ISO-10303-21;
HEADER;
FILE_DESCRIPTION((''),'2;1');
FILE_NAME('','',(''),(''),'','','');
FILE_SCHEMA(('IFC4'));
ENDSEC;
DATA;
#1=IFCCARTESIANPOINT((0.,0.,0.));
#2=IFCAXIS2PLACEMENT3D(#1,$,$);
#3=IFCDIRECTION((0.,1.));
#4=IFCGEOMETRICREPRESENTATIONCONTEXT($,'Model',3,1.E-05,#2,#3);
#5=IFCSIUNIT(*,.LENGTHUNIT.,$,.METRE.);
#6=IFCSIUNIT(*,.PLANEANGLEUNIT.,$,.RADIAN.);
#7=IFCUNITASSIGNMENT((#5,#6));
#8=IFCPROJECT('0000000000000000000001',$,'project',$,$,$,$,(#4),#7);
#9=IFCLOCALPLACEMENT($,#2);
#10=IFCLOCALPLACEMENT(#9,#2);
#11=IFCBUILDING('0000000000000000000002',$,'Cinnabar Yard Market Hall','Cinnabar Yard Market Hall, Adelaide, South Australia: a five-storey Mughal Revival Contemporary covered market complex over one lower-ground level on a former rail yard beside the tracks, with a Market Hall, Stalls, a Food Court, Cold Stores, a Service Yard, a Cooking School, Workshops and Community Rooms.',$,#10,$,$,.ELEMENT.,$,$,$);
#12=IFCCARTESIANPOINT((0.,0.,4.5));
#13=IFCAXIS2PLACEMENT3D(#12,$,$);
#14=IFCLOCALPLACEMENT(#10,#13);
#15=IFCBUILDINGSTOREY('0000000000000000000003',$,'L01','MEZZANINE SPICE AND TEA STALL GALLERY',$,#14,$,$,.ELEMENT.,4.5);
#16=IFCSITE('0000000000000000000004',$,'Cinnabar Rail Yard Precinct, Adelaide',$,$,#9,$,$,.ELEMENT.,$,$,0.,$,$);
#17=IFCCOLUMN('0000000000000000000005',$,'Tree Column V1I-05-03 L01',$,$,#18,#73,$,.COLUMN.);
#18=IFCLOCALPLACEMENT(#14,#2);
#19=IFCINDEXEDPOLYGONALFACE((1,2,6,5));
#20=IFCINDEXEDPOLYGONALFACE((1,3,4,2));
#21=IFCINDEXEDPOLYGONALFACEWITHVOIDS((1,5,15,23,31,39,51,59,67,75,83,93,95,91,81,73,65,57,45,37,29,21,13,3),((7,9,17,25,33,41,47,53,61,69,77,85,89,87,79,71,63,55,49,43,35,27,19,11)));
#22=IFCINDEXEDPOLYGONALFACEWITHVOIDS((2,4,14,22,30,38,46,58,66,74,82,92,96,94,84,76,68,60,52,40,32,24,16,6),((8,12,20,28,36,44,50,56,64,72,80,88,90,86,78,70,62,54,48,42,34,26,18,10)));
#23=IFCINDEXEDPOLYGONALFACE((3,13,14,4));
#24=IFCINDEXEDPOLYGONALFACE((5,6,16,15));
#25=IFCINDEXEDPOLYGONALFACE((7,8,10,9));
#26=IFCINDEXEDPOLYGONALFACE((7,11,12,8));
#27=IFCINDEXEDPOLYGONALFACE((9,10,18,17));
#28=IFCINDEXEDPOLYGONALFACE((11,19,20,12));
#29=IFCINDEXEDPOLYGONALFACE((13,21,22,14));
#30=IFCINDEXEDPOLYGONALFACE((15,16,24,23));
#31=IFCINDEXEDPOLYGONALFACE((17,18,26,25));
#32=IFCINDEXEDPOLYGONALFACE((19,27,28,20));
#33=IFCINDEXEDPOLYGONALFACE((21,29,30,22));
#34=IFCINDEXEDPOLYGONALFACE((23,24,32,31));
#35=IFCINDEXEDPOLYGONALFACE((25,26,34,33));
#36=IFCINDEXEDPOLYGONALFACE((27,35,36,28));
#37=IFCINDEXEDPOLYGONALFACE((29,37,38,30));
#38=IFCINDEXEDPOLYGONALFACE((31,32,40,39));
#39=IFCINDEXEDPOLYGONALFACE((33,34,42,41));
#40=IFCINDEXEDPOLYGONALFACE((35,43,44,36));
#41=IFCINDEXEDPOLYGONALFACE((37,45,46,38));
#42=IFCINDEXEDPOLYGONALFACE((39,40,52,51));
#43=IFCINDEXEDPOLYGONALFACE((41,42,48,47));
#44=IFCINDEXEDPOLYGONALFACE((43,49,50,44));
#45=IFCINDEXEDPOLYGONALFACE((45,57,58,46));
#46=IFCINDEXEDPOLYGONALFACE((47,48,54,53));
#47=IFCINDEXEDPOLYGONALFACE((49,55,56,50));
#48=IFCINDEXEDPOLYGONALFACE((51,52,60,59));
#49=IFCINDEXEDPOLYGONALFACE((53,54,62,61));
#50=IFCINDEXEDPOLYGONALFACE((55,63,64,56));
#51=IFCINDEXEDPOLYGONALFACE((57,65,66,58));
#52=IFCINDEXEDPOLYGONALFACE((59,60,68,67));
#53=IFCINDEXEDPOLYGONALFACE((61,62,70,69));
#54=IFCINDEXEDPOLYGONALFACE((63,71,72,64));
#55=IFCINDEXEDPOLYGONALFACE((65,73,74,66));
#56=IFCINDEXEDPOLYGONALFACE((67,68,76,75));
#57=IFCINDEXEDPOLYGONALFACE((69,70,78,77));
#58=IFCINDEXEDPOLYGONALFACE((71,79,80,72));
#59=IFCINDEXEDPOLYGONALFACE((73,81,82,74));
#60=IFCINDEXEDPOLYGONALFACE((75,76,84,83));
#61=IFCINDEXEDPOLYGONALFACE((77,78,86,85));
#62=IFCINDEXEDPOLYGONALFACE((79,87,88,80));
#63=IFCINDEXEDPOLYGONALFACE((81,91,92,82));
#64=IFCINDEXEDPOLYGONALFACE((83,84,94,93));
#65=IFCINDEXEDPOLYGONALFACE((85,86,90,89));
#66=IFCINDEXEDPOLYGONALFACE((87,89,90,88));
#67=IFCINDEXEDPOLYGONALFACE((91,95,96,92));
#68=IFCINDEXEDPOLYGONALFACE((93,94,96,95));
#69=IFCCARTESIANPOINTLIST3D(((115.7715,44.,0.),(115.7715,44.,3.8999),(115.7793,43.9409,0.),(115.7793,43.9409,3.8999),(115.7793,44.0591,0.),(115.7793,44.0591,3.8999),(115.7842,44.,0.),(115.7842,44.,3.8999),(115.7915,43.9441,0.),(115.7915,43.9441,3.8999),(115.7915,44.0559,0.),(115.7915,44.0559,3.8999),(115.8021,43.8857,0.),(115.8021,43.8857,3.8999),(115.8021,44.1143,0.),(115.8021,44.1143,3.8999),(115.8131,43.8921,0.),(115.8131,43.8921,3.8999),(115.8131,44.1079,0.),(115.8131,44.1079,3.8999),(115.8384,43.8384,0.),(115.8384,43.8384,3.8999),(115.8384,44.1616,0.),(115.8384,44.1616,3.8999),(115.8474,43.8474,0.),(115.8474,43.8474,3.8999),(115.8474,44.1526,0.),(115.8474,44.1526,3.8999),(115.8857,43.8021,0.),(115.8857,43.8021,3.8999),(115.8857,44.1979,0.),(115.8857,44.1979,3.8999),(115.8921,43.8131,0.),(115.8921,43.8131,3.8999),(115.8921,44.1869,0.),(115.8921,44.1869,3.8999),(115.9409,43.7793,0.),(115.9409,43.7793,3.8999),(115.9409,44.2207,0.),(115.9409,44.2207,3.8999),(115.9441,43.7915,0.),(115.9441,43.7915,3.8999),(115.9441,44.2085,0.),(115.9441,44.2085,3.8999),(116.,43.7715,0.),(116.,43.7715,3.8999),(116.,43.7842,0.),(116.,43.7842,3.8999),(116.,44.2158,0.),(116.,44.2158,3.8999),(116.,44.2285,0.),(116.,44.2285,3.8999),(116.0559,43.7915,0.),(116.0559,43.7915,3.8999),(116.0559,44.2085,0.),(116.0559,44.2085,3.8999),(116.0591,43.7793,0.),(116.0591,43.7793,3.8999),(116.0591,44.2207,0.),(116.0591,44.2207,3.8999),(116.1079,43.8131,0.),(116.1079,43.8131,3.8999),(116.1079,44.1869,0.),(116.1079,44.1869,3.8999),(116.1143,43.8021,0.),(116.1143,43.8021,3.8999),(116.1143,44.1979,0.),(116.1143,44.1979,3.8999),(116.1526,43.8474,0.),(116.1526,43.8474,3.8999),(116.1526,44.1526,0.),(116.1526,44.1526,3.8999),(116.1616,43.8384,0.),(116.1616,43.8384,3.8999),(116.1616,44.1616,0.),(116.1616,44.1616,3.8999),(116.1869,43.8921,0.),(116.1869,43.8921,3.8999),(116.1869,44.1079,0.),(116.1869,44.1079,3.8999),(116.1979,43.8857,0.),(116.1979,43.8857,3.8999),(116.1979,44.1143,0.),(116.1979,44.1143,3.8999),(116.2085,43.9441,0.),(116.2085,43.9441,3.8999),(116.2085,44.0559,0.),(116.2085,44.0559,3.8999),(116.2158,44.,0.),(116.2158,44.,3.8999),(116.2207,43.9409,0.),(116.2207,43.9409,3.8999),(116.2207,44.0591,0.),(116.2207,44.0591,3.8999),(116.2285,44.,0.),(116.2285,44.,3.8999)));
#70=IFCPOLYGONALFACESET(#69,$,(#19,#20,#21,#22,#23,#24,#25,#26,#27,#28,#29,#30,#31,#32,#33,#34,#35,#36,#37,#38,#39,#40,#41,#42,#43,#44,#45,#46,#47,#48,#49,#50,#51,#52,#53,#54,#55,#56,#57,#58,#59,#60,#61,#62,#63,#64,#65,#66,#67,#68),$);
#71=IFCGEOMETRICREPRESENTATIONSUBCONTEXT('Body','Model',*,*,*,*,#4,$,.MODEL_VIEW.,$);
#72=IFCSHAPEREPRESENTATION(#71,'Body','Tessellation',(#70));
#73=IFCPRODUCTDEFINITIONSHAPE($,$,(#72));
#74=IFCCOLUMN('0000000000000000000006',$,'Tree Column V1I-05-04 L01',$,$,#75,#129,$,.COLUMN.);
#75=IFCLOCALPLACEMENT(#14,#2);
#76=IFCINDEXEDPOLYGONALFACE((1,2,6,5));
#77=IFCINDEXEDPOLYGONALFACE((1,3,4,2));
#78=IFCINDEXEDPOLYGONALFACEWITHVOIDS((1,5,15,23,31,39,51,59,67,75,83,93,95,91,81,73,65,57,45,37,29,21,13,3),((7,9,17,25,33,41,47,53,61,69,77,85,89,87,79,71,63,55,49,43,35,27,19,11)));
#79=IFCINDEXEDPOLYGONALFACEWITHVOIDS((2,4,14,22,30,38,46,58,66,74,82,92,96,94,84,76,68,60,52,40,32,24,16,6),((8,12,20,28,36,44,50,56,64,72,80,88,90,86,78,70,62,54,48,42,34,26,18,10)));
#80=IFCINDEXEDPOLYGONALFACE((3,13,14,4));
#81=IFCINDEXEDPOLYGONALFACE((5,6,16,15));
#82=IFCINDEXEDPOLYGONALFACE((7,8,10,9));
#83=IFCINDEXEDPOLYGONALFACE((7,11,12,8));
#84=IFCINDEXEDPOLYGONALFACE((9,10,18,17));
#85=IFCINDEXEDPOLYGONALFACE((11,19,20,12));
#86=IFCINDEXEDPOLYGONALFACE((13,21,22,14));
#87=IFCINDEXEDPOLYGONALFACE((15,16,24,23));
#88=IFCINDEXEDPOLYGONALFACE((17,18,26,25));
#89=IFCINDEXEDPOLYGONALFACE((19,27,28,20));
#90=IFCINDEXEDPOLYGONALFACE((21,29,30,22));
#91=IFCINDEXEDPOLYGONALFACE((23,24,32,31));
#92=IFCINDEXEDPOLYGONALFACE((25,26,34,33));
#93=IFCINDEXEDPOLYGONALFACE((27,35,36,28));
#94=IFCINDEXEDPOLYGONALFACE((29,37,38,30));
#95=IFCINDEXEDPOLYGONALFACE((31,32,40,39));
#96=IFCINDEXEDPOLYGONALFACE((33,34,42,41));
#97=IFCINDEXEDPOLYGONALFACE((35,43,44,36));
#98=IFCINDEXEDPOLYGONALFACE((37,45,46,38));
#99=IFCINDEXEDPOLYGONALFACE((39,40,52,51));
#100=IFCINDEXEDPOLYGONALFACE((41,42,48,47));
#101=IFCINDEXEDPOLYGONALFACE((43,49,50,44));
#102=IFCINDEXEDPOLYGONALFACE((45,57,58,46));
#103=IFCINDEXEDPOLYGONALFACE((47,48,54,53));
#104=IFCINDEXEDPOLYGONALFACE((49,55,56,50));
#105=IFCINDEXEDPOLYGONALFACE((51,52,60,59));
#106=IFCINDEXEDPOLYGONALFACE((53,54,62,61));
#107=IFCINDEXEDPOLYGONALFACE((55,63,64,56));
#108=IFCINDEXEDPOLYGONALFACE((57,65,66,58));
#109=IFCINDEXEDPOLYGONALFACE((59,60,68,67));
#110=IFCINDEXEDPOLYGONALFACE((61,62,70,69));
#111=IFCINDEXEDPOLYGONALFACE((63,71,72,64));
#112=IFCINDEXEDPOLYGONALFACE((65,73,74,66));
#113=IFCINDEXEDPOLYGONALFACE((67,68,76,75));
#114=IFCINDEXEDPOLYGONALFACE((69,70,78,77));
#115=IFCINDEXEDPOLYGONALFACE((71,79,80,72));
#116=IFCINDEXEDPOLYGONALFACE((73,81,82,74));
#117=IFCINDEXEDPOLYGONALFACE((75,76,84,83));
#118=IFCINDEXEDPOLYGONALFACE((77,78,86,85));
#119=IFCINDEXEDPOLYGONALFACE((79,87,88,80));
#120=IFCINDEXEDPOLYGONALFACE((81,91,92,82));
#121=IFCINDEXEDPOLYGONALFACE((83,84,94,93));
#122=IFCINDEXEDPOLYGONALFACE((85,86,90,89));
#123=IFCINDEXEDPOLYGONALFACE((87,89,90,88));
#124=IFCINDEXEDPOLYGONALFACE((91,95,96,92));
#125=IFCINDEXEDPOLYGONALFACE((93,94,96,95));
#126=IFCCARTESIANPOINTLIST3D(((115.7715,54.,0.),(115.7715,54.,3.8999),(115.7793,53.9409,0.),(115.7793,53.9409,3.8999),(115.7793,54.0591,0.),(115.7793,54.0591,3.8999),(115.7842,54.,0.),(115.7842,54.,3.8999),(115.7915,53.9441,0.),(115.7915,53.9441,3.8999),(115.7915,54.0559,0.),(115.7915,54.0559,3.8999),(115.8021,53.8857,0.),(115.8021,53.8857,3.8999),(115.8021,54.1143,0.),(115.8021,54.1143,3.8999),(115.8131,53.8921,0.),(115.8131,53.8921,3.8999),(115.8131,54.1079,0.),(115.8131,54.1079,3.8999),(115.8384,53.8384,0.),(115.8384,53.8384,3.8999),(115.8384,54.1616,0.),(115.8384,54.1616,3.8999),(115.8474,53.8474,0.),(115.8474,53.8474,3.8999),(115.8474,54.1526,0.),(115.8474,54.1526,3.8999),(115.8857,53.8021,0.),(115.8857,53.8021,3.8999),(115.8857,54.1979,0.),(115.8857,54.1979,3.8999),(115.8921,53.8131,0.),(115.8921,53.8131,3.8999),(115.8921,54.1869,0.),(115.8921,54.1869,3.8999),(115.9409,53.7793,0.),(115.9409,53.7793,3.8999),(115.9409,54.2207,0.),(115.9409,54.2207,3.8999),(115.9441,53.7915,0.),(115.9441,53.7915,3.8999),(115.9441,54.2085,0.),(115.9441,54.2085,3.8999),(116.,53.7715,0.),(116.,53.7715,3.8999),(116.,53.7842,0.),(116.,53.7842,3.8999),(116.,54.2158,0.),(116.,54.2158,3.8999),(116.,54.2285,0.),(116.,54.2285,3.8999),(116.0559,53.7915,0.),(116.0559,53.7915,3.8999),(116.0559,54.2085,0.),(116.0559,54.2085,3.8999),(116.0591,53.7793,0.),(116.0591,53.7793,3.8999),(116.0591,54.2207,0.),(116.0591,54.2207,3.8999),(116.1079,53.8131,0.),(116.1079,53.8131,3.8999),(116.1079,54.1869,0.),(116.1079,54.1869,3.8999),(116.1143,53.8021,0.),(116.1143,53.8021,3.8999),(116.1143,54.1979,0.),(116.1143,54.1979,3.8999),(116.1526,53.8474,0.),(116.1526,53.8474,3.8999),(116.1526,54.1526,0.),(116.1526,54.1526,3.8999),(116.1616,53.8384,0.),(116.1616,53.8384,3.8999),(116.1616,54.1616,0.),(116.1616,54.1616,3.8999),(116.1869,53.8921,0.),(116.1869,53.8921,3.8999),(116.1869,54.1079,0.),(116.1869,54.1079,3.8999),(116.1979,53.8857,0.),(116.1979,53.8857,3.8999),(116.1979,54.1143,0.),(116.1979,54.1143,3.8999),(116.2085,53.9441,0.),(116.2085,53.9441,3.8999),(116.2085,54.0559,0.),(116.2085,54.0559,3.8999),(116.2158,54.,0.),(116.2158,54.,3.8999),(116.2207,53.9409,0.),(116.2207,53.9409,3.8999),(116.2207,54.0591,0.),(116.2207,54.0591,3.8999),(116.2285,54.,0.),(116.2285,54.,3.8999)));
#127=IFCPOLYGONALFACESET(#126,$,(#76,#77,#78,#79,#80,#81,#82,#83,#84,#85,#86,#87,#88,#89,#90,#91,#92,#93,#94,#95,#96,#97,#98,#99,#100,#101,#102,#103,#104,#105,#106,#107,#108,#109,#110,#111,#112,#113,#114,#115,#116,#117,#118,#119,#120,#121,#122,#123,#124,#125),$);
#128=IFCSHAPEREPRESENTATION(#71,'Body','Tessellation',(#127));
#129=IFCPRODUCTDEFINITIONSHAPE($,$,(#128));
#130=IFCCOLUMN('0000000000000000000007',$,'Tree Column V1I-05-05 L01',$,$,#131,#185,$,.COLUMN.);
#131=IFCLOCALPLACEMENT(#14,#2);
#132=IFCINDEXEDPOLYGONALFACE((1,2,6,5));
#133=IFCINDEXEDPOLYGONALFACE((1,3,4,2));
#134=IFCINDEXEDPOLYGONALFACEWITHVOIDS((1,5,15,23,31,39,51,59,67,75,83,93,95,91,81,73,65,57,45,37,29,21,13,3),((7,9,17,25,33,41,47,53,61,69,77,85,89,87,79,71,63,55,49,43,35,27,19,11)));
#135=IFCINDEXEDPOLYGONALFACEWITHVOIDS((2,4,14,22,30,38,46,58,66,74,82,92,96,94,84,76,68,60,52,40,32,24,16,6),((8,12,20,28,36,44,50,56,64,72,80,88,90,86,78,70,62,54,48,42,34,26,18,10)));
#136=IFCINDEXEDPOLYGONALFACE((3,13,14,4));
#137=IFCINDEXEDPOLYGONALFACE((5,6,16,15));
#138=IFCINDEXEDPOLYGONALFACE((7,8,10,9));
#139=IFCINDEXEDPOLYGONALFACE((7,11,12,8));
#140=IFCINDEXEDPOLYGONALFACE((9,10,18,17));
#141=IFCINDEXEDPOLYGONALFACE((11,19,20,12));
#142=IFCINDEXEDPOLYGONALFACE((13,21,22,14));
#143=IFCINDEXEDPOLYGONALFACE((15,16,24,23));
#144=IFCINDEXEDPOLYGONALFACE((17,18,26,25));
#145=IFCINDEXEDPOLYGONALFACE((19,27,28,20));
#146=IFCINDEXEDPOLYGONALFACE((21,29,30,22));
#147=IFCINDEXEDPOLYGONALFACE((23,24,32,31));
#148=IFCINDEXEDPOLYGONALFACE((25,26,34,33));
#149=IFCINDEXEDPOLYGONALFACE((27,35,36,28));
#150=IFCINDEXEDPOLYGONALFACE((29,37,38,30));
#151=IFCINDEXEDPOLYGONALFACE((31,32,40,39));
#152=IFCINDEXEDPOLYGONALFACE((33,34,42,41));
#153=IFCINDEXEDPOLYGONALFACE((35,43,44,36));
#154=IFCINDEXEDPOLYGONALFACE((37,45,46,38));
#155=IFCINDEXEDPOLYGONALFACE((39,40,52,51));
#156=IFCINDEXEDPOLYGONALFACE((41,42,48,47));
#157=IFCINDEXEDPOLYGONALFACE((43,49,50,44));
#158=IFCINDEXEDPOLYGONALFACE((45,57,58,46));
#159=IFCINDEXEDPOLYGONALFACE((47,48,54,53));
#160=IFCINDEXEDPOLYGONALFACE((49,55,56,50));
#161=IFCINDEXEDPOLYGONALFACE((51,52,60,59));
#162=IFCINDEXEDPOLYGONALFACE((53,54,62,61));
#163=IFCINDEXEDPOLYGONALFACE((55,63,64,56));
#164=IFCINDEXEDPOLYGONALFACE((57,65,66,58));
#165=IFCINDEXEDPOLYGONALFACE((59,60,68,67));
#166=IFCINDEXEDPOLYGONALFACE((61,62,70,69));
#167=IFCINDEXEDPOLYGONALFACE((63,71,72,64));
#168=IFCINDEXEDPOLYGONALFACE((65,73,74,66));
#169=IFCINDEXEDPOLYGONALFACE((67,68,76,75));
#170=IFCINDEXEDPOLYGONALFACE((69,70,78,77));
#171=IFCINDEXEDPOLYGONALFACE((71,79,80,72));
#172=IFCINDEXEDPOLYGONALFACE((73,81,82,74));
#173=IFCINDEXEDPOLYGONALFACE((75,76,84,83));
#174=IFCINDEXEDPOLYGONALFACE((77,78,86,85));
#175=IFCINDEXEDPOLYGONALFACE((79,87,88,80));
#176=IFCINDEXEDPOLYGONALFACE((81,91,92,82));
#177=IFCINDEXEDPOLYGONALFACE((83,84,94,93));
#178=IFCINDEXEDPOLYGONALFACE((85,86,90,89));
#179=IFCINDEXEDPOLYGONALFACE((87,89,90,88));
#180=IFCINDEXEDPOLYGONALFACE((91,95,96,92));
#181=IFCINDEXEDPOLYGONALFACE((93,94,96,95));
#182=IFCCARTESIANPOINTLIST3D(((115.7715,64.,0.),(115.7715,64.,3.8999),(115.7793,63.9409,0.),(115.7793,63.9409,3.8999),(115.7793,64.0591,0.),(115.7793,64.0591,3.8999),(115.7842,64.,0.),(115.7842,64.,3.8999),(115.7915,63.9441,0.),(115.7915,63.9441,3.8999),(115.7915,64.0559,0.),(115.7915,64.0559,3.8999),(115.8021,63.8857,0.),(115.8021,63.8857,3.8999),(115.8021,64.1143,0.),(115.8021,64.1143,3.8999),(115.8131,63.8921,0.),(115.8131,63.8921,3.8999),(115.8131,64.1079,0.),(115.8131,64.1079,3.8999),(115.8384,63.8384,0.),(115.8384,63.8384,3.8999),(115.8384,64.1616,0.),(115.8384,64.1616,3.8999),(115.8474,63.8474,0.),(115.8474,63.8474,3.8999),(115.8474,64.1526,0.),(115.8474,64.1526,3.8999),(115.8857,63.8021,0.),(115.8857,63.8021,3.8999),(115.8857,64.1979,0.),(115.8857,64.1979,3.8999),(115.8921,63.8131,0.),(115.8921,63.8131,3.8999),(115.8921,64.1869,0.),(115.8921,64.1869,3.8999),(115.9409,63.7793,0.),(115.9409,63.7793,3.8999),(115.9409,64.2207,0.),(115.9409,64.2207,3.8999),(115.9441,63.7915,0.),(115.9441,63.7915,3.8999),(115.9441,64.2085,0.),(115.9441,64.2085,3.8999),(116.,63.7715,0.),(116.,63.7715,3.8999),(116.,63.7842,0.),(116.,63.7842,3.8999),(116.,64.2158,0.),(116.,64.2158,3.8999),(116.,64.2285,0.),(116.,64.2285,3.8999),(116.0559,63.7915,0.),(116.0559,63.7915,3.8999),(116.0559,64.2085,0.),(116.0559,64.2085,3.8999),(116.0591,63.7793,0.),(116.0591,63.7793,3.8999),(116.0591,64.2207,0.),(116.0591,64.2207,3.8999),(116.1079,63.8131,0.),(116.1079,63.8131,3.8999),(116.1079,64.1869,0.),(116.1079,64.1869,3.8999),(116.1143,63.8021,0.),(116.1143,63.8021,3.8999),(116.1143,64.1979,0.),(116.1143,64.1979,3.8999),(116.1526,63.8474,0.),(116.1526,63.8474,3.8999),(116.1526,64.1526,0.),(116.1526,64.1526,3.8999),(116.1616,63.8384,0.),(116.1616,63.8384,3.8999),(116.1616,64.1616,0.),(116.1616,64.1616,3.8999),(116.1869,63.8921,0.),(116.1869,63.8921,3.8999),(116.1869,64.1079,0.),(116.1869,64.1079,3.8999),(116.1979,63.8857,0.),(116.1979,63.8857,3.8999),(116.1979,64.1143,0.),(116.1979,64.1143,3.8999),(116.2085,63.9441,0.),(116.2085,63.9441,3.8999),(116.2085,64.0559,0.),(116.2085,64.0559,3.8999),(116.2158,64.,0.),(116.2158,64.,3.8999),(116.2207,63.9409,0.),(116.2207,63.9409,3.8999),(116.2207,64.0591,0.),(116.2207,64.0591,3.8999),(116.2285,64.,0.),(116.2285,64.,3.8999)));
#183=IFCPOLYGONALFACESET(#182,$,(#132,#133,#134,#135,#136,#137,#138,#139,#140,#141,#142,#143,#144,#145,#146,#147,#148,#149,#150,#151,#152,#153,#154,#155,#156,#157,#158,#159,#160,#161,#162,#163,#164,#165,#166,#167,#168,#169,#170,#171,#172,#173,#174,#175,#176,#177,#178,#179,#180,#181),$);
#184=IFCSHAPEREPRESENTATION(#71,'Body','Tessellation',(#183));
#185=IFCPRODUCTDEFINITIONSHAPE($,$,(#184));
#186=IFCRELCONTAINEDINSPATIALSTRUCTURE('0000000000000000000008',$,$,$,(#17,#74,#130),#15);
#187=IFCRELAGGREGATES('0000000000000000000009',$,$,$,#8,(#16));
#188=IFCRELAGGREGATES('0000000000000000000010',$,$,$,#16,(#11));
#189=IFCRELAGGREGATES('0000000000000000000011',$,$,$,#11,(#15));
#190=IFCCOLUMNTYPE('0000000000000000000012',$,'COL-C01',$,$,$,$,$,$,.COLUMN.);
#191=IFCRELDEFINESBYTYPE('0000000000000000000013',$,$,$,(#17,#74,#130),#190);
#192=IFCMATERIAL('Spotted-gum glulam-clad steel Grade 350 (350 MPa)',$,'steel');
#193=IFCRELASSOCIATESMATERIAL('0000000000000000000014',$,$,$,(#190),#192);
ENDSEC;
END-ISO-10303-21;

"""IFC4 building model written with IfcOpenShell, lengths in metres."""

from ifc_helpers import new_model, si_unit, direction, frame, origin, origin_2d_with_axis, place, context, subcontext, project, spatial, hollow_circle, extrude, material, material_profile, profile_set, type_object, element, save


model = new_model("IFC4")

# Units and contexts
model_context = context("Model", 3, precision=1e-05, world=origin(), true_north=direction((0.0, 1.0)))
body_context = subcontext(model_context, "Body", "Model", "MODEL_VIEW")
ifc_project = project(units=[si_unit("LENGTHUNIT", "METRE"), si_unit("PLANEANGLEUNIT", "RADIAN")], contexts=[model_context])

# Site, building, storey
site_placement = place(None, origin())
site = spatial("IfcSite", under=ifc_project, at=site_placement, Name="Cinnabar Rail Yard Precinct, Adelaide", CompositionType="ELEMENT", RefElevation=0.0)
building_placement = place(site_placement, origin())
building = spatial("IfcBuilding", under=site, at=building_placement, Name="Cinnabar Yard Market Hall", Description="Cinnabar Yard Market Hall, Adelaide, South Australia: a five-storey Mughal Revival Contemporary covered market complex over one lower-ground level on a former rail yard beside the tracks, with a Market Hall, Stalls, a Food Court, Cold Stores, a Service Yard, a Cooking School, Workshops and Community Rooms.", CompositionType="ELEMENT")
storey_placement = place(building_placement, frame((0.0, 0.0, 4.5)))
storey = spatial("IfcBuildingStorey", under=building, at=storey_placement, Name="L01", Description="MEZZANINE SPICE AND TEA STALL GALLERY", CompositionType="ELEMENT", Elevation=4.5)

# Columns
ifc_material_1 = material(Name="Spotted-gum glulam-clad steel Grade 350 (350 MPa)", Category="steel")
ifc_material_profile_1 = material_profile(ifc_material_1, hollow_circle(Radius=0.2285, WallThickness=0.0127, at=origin_2d_with_axis()), Name="457.0x12.7CHS")
ifc_profile_set_1 = profile_set([ifc_material_profile_1], Name="Spotted-gum glulam-clad steel Grade 350 (350 MPa)")
column_type = type_object("IfcColumnType", Name="COL-C01", PredefinedType="COLUMN", material=ifc_profile_set_1)
for number, where, z_axis, x_axis, name in (
    (1, (116.0, 44.0, 0.0), (0.0, 0.0, 1.0), (1.0, 0.0, 0.0), "Tree Column V1I-05-03 L01"),
    (2, (116.0, 54.0, 0.0), (0.0, 0.0, 1.0), (1.0, 0.0, 0.0), "Tree Column V1I-05-04 L01"),
    (3, (116.0, 64.0, 0.0), (0.0, 0.0, 1.0), (1.0, 0.0, 0.0), "Tree Column V1I-05-05 L01"),
):
    element("IfcColumn", number, at=place(storey_placement, frame(where, z_axis=z_axis, x_axis=x_axis)), inside=storey, type_object=column_type, Name=name, PredefinedType="COLUMN", context=body_context, shape_type="SweptSolid", body=[
        extrude(hollow_circle(Radius=0.2285, WallThickness=0.0127, at=origin_2d_with_axis()), origin(), (0.0, 0.0, 1.0), 3.8999),
    ])

save(model, "model.ifc")
